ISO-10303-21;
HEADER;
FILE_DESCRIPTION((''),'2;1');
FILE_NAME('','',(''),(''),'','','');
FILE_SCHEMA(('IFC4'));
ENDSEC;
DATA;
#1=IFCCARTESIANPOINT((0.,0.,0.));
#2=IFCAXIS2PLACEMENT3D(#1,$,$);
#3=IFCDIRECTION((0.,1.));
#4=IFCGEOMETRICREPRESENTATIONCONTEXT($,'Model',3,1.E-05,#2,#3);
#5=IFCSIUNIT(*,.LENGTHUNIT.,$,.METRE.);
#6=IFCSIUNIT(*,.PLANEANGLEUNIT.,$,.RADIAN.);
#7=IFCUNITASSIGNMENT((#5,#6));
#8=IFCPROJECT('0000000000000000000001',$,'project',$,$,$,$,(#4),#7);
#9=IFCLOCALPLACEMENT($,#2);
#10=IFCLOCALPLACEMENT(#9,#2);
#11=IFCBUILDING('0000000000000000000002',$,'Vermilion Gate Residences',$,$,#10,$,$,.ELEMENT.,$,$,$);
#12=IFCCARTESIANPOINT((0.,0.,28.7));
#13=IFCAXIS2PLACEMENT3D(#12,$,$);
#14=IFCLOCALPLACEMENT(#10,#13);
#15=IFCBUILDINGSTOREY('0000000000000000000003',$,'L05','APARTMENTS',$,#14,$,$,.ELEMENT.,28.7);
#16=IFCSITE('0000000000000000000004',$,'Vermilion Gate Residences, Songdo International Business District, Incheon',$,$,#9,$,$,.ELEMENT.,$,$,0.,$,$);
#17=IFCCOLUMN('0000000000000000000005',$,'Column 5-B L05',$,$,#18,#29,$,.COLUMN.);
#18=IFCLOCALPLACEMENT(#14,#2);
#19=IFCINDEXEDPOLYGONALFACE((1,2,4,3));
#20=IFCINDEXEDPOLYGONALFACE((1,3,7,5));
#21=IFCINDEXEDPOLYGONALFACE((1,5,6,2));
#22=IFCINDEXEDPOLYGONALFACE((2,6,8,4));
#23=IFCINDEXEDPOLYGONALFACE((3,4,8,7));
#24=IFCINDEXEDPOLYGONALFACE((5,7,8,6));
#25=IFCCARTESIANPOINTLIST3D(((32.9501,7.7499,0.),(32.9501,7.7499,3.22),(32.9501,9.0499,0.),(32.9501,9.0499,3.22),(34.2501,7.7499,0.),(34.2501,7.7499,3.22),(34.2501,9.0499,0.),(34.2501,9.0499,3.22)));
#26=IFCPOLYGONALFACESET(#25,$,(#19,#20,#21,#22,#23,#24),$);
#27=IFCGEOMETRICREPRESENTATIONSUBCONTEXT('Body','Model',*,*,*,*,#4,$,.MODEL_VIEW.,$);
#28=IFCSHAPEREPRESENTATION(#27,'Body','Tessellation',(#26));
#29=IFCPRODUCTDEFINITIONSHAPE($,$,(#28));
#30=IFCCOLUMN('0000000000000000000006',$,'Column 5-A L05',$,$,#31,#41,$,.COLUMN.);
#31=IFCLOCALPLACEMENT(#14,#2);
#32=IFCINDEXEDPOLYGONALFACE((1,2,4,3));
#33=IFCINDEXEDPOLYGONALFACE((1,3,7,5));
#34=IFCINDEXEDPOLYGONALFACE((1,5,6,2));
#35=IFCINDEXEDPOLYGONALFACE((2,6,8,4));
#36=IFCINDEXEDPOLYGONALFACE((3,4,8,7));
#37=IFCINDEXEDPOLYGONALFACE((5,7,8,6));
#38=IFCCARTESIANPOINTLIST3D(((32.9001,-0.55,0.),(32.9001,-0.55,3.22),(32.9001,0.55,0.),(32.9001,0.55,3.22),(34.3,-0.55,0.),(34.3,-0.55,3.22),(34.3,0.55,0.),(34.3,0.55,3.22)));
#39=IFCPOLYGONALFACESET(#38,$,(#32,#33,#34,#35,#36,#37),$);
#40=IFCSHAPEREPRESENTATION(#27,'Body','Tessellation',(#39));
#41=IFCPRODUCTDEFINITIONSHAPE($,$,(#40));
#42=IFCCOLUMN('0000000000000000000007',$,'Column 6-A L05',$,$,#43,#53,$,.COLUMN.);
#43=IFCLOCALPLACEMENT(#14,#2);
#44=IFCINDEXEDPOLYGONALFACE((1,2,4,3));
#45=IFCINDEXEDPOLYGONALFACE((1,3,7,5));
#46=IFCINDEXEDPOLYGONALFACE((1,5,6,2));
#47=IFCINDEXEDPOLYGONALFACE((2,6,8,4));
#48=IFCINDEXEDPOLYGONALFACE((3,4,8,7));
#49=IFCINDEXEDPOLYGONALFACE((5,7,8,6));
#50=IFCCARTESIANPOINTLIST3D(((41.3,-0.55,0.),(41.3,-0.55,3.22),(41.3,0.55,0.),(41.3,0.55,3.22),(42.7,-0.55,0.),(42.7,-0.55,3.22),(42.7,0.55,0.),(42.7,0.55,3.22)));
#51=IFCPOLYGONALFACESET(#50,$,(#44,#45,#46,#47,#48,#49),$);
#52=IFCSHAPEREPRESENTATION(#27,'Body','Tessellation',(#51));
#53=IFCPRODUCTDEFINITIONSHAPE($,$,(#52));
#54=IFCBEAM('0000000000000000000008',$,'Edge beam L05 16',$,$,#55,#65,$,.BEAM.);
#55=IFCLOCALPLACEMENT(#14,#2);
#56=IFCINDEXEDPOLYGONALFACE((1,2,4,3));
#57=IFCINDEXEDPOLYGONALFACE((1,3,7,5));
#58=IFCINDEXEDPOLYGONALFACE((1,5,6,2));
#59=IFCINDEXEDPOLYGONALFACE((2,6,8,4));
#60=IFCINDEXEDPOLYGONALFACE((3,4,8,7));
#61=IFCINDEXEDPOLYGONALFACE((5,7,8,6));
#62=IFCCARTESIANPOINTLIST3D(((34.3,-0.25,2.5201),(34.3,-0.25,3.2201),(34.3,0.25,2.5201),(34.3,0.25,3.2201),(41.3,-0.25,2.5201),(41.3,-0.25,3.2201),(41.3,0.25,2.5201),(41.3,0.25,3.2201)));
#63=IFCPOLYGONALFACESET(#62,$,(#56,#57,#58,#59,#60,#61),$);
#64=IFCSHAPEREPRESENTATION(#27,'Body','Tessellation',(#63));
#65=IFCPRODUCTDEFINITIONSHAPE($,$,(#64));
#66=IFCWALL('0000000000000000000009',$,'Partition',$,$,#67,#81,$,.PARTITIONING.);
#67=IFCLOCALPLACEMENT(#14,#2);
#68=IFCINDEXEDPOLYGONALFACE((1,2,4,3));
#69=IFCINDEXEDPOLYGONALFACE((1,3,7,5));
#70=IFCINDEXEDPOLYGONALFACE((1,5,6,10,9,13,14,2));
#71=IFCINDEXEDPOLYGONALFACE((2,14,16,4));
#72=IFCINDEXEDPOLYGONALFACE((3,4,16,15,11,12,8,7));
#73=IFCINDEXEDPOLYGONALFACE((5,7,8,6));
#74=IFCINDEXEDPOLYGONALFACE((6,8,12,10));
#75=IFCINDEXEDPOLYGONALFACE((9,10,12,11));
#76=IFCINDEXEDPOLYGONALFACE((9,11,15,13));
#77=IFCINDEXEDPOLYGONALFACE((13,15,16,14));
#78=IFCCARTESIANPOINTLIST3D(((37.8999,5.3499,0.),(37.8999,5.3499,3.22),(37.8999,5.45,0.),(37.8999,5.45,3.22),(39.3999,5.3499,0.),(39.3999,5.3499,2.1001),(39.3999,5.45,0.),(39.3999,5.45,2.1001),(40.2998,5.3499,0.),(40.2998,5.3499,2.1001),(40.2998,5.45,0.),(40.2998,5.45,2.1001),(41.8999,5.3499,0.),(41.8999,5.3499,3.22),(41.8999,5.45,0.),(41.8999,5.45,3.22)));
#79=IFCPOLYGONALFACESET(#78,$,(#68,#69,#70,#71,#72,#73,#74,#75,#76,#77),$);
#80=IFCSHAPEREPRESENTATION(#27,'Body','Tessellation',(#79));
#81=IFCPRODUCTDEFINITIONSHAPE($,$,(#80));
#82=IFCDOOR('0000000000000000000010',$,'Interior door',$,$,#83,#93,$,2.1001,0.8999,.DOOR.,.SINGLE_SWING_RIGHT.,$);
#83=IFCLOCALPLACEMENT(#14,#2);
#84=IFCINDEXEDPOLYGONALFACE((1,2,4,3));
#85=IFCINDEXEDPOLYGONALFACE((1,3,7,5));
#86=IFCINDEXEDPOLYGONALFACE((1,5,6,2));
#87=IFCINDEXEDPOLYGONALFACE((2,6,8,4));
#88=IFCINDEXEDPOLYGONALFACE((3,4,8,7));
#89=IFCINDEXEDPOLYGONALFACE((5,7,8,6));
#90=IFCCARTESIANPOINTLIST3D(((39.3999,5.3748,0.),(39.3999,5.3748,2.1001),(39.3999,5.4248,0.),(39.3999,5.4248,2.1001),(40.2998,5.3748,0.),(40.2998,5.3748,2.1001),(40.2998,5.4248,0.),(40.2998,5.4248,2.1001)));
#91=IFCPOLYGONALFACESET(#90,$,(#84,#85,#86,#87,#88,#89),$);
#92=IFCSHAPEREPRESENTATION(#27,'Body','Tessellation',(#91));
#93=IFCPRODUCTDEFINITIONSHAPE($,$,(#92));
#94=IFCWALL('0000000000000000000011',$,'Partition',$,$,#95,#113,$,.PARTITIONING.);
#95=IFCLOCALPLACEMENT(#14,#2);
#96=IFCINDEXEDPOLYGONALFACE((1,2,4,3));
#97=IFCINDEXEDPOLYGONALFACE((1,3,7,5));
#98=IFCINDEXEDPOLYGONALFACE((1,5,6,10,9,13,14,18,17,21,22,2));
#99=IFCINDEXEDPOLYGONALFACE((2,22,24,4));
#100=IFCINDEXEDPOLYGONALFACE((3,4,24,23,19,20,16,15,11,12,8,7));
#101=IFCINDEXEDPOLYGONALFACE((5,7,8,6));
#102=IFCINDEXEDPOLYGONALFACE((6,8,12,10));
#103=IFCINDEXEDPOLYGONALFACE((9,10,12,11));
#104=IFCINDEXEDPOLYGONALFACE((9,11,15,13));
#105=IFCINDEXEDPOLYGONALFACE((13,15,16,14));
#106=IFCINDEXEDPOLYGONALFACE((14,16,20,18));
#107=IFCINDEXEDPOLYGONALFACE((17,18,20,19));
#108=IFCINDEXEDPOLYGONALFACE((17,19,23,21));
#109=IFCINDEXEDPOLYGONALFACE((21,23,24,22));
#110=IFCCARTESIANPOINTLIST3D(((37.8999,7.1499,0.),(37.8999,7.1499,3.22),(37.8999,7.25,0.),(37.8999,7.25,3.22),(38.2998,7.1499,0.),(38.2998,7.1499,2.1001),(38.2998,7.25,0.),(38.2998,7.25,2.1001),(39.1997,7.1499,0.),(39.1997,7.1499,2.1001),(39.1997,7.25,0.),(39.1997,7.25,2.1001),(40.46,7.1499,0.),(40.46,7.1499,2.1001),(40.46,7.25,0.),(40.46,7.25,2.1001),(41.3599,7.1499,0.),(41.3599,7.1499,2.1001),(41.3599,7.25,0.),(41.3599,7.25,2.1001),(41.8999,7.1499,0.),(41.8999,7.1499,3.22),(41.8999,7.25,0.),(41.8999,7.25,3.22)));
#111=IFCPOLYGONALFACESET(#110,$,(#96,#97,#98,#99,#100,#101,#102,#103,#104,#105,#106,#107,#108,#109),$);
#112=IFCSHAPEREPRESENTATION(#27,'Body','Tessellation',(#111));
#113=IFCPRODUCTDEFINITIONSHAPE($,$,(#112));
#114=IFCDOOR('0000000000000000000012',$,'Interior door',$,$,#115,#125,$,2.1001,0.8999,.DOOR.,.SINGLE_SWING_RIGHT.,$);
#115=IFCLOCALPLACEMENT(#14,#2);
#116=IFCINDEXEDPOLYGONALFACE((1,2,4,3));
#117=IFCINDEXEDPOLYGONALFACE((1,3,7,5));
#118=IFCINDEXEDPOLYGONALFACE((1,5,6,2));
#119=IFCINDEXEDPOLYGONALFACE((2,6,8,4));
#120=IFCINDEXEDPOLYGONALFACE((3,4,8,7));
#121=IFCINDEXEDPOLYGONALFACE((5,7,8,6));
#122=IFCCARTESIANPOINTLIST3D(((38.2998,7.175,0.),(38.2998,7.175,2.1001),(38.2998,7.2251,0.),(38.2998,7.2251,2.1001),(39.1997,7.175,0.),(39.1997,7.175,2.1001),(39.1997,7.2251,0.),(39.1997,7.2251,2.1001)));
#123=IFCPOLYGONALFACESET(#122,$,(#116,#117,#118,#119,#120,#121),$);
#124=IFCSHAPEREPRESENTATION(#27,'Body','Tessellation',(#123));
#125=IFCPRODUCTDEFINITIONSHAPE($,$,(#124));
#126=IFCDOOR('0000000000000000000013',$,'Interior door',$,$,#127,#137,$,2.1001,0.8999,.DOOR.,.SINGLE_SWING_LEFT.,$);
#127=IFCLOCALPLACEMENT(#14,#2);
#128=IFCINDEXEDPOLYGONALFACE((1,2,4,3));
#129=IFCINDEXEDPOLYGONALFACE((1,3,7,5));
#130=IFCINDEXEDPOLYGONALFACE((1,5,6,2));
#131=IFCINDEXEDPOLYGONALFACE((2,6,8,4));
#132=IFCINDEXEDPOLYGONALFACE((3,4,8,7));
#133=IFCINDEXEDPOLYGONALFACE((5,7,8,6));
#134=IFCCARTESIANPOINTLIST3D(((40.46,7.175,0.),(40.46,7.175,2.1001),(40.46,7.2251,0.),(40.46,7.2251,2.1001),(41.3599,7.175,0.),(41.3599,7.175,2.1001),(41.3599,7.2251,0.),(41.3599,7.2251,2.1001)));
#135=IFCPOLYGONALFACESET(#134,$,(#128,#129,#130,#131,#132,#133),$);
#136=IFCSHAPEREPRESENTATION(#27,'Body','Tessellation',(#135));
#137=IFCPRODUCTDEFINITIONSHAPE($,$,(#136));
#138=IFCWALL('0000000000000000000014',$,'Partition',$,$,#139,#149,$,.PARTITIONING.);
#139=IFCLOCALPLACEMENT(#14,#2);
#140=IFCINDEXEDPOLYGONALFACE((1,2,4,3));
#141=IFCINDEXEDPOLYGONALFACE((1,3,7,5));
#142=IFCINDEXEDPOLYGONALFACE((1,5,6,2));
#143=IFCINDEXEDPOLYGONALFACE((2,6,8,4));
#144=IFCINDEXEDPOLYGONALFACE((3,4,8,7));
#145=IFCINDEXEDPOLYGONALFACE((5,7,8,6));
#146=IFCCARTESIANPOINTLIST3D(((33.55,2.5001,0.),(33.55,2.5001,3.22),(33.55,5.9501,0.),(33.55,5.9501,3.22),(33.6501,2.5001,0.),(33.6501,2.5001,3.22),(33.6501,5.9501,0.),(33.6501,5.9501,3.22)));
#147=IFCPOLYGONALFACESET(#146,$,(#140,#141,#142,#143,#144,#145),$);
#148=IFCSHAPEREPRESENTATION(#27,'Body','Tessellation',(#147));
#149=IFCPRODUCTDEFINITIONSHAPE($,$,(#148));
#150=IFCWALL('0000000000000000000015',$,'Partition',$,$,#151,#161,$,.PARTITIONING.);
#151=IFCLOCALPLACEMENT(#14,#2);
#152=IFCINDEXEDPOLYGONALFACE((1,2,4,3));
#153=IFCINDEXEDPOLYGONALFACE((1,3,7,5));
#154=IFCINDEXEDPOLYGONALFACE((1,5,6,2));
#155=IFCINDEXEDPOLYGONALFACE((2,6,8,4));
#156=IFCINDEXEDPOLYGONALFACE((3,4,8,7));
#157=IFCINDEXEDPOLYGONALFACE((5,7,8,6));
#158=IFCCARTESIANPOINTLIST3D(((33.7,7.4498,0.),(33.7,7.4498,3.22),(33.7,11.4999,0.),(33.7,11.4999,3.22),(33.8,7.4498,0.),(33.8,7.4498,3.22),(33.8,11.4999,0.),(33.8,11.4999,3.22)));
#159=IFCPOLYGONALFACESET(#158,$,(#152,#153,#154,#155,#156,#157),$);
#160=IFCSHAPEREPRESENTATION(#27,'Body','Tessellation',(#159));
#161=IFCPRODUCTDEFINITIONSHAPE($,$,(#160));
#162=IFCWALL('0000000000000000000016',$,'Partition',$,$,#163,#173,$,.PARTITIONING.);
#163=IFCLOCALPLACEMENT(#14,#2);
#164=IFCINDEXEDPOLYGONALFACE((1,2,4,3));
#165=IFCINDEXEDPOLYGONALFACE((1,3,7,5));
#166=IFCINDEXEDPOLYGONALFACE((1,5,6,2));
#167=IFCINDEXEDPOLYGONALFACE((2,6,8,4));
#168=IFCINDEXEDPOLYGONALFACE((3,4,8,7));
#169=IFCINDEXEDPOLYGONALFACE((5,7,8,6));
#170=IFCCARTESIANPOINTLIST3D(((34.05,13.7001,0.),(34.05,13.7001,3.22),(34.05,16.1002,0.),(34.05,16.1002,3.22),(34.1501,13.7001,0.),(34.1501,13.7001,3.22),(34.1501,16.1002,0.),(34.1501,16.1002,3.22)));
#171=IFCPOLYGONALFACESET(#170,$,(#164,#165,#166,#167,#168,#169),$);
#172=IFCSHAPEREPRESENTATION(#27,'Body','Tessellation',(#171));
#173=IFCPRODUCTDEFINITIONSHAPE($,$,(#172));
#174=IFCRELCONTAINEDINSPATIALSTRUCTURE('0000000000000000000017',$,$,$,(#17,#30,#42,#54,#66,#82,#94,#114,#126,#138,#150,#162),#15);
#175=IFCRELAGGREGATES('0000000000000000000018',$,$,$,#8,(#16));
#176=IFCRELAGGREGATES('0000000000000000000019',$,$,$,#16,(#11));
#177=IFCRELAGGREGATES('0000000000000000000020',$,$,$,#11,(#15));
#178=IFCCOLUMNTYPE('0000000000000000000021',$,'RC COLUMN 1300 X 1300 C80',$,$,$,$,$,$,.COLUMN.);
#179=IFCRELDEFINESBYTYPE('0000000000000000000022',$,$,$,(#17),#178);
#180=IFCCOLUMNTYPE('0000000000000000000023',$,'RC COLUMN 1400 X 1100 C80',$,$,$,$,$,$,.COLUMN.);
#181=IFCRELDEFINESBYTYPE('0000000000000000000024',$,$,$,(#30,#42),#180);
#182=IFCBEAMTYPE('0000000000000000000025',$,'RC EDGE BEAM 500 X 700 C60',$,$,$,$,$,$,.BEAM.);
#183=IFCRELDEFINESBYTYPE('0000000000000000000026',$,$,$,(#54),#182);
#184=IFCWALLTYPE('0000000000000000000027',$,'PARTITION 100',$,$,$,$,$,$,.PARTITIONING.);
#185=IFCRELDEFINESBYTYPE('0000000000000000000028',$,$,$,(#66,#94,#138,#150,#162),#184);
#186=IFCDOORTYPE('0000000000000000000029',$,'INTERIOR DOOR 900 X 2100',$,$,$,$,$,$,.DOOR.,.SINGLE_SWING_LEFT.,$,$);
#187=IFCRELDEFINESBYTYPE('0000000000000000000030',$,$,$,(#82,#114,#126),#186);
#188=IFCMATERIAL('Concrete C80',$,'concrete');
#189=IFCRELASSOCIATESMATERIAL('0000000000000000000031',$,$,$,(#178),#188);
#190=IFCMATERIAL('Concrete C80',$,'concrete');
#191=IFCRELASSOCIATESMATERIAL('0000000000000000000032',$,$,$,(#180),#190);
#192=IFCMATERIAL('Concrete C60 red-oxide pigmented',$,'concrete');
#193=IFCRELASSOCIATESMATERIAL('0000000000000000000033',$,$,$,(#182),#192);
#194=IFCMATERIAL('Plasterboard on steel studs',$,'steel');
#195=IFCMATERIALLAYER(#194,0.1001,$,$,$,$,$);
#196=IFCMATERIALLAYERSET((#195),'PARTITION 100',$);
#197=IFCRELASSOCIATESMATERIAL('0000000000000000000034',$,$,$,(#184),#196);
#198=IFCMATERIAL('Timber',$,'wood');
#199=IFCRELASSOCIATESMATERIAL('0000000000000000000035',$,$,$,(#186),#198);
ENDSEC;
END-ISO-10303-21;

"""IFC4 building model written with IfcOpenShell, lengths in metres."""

from ifc_helpers import new_model, si_unit, direction, frame, frame_2d, origin, origin_2d, place, context, subcontext, project, spatial, rectangle, extrude, material, layer, layer_set, material_profile, profile_set, type_object, element, fill, save


model = new_model("IFC4")

# Units and contexts
model_context = context("Model", 3, precision=1e-05, world=origin(), true_north=direction((0.0, 1.0)))
body_context = subcontext(model_context, "Body", "Model", "MODEL_VIEW")
ifc_project = project(units=[si_unit("LENGTHUNIT", "METRE"), si_unit("PLANEANGLEUNIT", "RADIAN")], contexts=[model_context])

# Site, building, storey
site_placement = place(None, origin())
site = spatial("IfcSite", under=ifc_project, at=site_placement, Name="Vermilion Gate Residences, Songdo International Business District, Incheon", CompositionType="ELEMENT", RefElevation=0.0)
building_placement = place(site_placement, origin())
building = spatial("IfcBuilding", under=site, at=building_placement, Name="Vermilion Gate Residences", CompositionType="ELEMENT")
storey_placement = place(building_placement, frame((0.0, 0.0, 28.7)))
storey = spatial("IfcBuildingStorey", under=building, at=storey_placement, Name="L05", Description="APARTMENTS", CompositionType="ELEMENT", Elevation=28.7)

# Columns
ifc_material_1 = material(Name="Concrete C80", Category="concrete")
ifc_material_profile_1 = material_profile(ifc_material_1, rectangle(XDim=1.3, YDim=1.3, at=origin_2d()), Name="RC-1300x1300")
ifc_profile_set_1 = profile_set([ifc_material_profile_1], Name="Concrete C80")
column_type_1 = type_object("IfcColumnType", Name="RC COLUMN 1300 X 1300 C80", PredefinedType="COLUMN", material=ifc_profile_set_1)
column_placement = place(storey_placement, frame((33.6001, 8.3999, 0.0), z_axis=(0.0, 0.0, 1.0), x_axis=(1.0, 0.0, 0.0)))
element("IfcColumn", 1, at=column_placement, inside=storey, type_object=column_type_1, Name="Column 5-B L05", PredefinedType="COLUMN", context=body_context, shape_type="SweptSolid", body=[
    extrude(rectangle(XDim=1.3, YDim=1.3, at=origin_2d()), origin(), (0.0, 0.0, 1.0), 3.22),
])
ifc_material_2 = material(Name="Concrete C80", Category="concrete")
ifc_material_profile_2 = material_profile(ifc_material_2, rectangle(XDim=1.3999, YDim=1.1001, at=origin_2d()), Name="RC-1400x1100")
ifc_profile_set_2 = profile_set([ifc_material_profile_2], Name="Concrete C80")
column_type_2 = type_object("IfcColumnType", Name="RC COLUMN 1400 X 1100 C80", PredefinedType="COLUMN", material=ifc_profile_set_2)
for number, where, z_axis, x_axis, name in (
    (2, (33.6001, 0.0, 0.0), (0.0, 0.0, 1.0), (1.0, 0.0, 0.0), "Column 5-A L05"),
    (3, (42.0, 0.0, 0.0), (0.0, 0.0, 1.0), (1.0, 0.0, 0.0), "Column 6-A L05"),
):
    element("IfcColumn", number, at=place(storey_placement, frame(where, z_axis=z_axis, x_axis=x_axis)), inside=storey, type_object=column_type_2, Name=name, PredefinedType="COLUMN", context=body_context, shape_type="SweptSolid", body=[
        extrude(rectangle(XDim=1.3999, YDim=1.1001, at=origin_2d()), origin(), (0.0, 0.0, 1.0), 3.22),
    ])

# Beam
ifc_material_3 = material(Name="Concrete C60 red-oxide pigmented", Category="concrete")
ifc_material_profile_3 = material_profile(ifc_material_3, rectangle(XDim=0.5, YDim=0.7, at=origin_2d()), Name="RC-500x700")
ifc_profile_set_3 = profile_set([ifc_material_profile_3], Name="Concrete C60 red-oxide pigmented")
beam_type = type_object("IfcBeamType", Name="RC EDGE BEAM 500 X 700 C60", PredefinedType="BEAM", material=ifc_profile_set_3)
beam_placement = place(storey_placement, frame((34.3, 0.0, 2.8701), z_axis=(1.0, 0.0, 0.0), x_axis=(0.0, 1.0, 0.0)))
element("IfcBeam", 4, at=beam_placement, inside=storey, type_object=beam_type, Name="Edge beam L05 16", PredefinedType="BEAM", context=body_context, shape_type="SweptSolid", body=[
    extrude(rectangle(XDim=0.5, YDim=0.7, at=origin_2d()), origin(), (0.0, 0.0, 1.0), 7.0),
])

# Wall, opening, door
ifc_material_4 = material(Name="Plasterboard on steel studs", Category="steel")
ifc_layer_1 = layer(ifc_material_4, 0.1001)
ifc_layer_set_1 = layer_set([ifc_layer_1], Name="PARTITION 100")
wall_type_1 = type_object("IfcWallType", Name="PARTITION 100", PredefinedType="PARTITIONING", material=ifc_layer_set_1)
wall_1_placement = place(storey_placement, frame((37.8999, 5.3999, 0.0), z_axis=(0.0, 0.0, 1.0), x_axis=(1.0, 0.0, 0.0)))
wall_1 = element("IfcWall", 5, at=wall_1_placement, inside=storey, type_object=wall_type_1, Name="Partition", PredefinedType="PARTITIONING", context=body_context, shape_type="SweptSolid", body=[
    extrude(rectangle(XDim=4.0, YDim=0.1001, at=frame_2d((2.0, 0.0))), origin(), (0.0, 0.0, 1.0), 3.22),
])
opening_1_placement = place(wall_1_placement, frame((1.5, 0.0, 0.0)))
opening_1 = element("IfcOpeningElement", 6, at=opening_1_placement, cuts=wall_1, PredefinedType="OPENING", context=body_context, shape_type="SweptSolid", body=[
    extrude(rectangle(XDim=0.8999, YDim=2.1001, at=frame_2d((0.45, 1.05))), frame((0.0, 0.0601, 0.0), z_axis=(0.0, -1.0, 0.0), x_axis=(1.0, 0.0, 0.0)), (0.0, 0.0, 1.0), 0.1201),
])
ifc_material_5 = material(Name="Timber", Category="wood")
door_type_1 = type_object("IfcDoorType", Name="INTERIOR DOOR 900 X 2100", OperationType="SINGLE_SWING_LEFT", PredefinedType="DOOR", material=ifc_material_5)
door_1_placement = place(opening_1_placement, origin())
door_1 = element("IfcDoor", 7, at=door_1_placement, inside=storey, type_object=door_type_1, Name="Interior door", OperationType="SINGLE_SWING_RIGHT", OverallHeight=2.1001, OverallWidth=0.8999, PredefinedType="DOOR", context=body_context, shape_type="SweptSolid", body=[
    extrude(rectangle(XDim=0.8999, YDim=2.1001, at=frame_2d((0.45, 1.05))), frame((0.0, 0.0249, 0.0), z_axis=(0.0, -1.0, 0.0), x_axis=(1.0, 0.0, 0.0)), (0.0, 0.0, 1.0), 0.05),
])
fill(opening_1, door_1)

# Wall, openings, doors
wall_2_placement = place(storey_placement, frame((37.8999, 7.2, 0.0), z_axis=(0.0, 0.0, 1.0), x_axis=(1.0, 0.0, 0.0)))
wall_2 = element("IfcWall", 8, at=wall_2_placement, inside=storey, type_object=wall_type_1, Name="Partition", PredefinedType="PARTITIONING", context=body_context, shape_type="SweptSolid", body=[
    extrude(rectangle(XDim=4.0, YDim=0.1001, at=frame_2d((2.0, 0.0))), origin(), (0.0, 0.0, 1.0), 3.22),
])
opening_2_placement = place(wall_2_placement, frame((0.3999, 0.0, 0.0)))
opening_2 = element("IfcOpeningElement", 9, at=opening_2_placement, cuts=wall_2, PredefinedType="OPENING", context=body_context, shape_type="SweptSolid", body=[
    extrude(rectangle(XDim=0.8999, YDim=2.1001, at=frame_2d((0.45, 1.05))), frame((0.0, 0.0601, 0.0), z_axis=(0.0, -1.0, 0.0), x_axis=(1.0, 0.0, 0.0)), (0.0, 0.0, 1.0), 0.1201),
])
opening_3_placement = place(wall_2_placement, frame((2.5601, 0.0, 0.0)))
opening_3 = element("IfcOpeningElement", 10, at=opening_3_placement, cuts=wall_2, PredefinedType="OPENING", context=body_context, shape_type="SweptSolid", body=[
    extrude(rectangle(XDim=0.8999, YDim=2.1001, at=frame_2d((0.45, 1.05))), frame((0.0, 0.0601, 0.0), z_axis=(0.0, -1.0, 0.0), x_axis=(1.0, 0.0, 0.0)), (0.0, 0.0, 1.0), 0.1201),
])
door_2_placement = place(opening_2_placement, frame((0.8999, 0.0, 0.0), z_axis=(0.0, 0.0, 1.0), x_axis=(-1.0, 0.0, 0.0)))
door_2 = element("IfcDoor", 11, at=door_2_placement, inside=storey, type_object=door_type_1, Name="Interior door", OperationType="SINGLE_SWING_RIGHT", OverallHeight=2.1001, OverallWidth=0.8999, PredefinedType="DOOR", context=body_context, shape_type="SweptSolid", body=[
    extrude(rectangle(XDim=0.8999, YDim=2.1001, at=frame_2d((0.45, 1.05))), frame((0.0, 0.0249, 0.0), z_axis=(0.0, -1.0, 0.0), x_axis=(1.0, 0.0, 0.0)), (0.0, 0.0, 1.0), 0.05),
])
fill(opening_2, door_2)
door_3_placement = place(opening_3_placement, frame((0.8999, 0.0, 0.0), z_axis=(0.0, 0.0, 1.0), x_axis=(-1.0, 0.0, 0.0)))
door_3 = element("IfcDoor", 12, at=door_3_placement, inside=storey, type_object=door_type_1, Name="Interior door", OperationType="SINGLE_SWING_LEFT", OverallHeight=2.1001, OverallWidth=0.8999, PredefinedType="DOOR", context=body_context, shape_type="SweptSolid", body=[
    extrude(rectangle(XDim=0.8999, YDim=2.1001, at=frame_2d((0.45, 1.05))), frame((0.0, 0.0249, 0.0), z_axis=(0.0, -1.0, 0.0), x_axis=(1.0, 0.0, 0.0)), (0.0, 0.0, 1.0), 0.05),
])
fill(opening_3, door_3)

# Walls
wall_3_placement = place(storey_placement, frame((33.6001, 2.5, 0.0), z_axis=(0.0, 0.0, 1.0), x_axis=(0.0, 1.0, 0.0)))
element("IfcWall", 13, at=wall_3_placement, inside=storey, type_object=wall_type_1, Name="Partition", PredefinedType="PARTITIONING", context=body_context, shape_type="SweptSolid", body=[
    extrude(rectangle(XDim=3.45, YDim=0.1001, at=frame_2d((1.7251, 0.0))), origin(), (0.0, 0.0, 1.0), 3.22),
])
wall_4_placement = place(storey_placement, frame((33.75, 7.45, 0.0), z_axis=(0.0, 0.0, 1.0), x_axis=(0.0, 1.0, 0.0)))
element("IfcWall", 14, at=wall_4_placement, inside=storey, type_object=wall_type_1, Name="Partition", PredefinedType="PARTITIONING", context=body_context, shape_type="SweptSolid", body=[
    extrude(rectangle(XDim=4.05, YDim=0.1001, at=frame_2d((2.0249, 0.0))), origin(), (0.0, 0.0, 1.0), 3.22),
])
wall_5_placement = place(storey_placement, frame((34.1001, 13.7, 0.0), z_axis=(0.0, 0.0, 1.0), x_axis=(0.0, 1.0, 0.0)))
element("IfcWall", 15, at=wall_5_placement, inside=storey, type_object=wall_type_1, Name="Partition", PredefinedType="PARTITIONING", context=body_context, shape_type="SweptSolid", body=[
    extrude(rectangle(XDim=2.4001, YDim=0.1001, at=frame_2d((1.2002, 0.0))), origin(), (0.0, 0.0, 1.0), 3.22),
])

save(model, "model.ifc")
